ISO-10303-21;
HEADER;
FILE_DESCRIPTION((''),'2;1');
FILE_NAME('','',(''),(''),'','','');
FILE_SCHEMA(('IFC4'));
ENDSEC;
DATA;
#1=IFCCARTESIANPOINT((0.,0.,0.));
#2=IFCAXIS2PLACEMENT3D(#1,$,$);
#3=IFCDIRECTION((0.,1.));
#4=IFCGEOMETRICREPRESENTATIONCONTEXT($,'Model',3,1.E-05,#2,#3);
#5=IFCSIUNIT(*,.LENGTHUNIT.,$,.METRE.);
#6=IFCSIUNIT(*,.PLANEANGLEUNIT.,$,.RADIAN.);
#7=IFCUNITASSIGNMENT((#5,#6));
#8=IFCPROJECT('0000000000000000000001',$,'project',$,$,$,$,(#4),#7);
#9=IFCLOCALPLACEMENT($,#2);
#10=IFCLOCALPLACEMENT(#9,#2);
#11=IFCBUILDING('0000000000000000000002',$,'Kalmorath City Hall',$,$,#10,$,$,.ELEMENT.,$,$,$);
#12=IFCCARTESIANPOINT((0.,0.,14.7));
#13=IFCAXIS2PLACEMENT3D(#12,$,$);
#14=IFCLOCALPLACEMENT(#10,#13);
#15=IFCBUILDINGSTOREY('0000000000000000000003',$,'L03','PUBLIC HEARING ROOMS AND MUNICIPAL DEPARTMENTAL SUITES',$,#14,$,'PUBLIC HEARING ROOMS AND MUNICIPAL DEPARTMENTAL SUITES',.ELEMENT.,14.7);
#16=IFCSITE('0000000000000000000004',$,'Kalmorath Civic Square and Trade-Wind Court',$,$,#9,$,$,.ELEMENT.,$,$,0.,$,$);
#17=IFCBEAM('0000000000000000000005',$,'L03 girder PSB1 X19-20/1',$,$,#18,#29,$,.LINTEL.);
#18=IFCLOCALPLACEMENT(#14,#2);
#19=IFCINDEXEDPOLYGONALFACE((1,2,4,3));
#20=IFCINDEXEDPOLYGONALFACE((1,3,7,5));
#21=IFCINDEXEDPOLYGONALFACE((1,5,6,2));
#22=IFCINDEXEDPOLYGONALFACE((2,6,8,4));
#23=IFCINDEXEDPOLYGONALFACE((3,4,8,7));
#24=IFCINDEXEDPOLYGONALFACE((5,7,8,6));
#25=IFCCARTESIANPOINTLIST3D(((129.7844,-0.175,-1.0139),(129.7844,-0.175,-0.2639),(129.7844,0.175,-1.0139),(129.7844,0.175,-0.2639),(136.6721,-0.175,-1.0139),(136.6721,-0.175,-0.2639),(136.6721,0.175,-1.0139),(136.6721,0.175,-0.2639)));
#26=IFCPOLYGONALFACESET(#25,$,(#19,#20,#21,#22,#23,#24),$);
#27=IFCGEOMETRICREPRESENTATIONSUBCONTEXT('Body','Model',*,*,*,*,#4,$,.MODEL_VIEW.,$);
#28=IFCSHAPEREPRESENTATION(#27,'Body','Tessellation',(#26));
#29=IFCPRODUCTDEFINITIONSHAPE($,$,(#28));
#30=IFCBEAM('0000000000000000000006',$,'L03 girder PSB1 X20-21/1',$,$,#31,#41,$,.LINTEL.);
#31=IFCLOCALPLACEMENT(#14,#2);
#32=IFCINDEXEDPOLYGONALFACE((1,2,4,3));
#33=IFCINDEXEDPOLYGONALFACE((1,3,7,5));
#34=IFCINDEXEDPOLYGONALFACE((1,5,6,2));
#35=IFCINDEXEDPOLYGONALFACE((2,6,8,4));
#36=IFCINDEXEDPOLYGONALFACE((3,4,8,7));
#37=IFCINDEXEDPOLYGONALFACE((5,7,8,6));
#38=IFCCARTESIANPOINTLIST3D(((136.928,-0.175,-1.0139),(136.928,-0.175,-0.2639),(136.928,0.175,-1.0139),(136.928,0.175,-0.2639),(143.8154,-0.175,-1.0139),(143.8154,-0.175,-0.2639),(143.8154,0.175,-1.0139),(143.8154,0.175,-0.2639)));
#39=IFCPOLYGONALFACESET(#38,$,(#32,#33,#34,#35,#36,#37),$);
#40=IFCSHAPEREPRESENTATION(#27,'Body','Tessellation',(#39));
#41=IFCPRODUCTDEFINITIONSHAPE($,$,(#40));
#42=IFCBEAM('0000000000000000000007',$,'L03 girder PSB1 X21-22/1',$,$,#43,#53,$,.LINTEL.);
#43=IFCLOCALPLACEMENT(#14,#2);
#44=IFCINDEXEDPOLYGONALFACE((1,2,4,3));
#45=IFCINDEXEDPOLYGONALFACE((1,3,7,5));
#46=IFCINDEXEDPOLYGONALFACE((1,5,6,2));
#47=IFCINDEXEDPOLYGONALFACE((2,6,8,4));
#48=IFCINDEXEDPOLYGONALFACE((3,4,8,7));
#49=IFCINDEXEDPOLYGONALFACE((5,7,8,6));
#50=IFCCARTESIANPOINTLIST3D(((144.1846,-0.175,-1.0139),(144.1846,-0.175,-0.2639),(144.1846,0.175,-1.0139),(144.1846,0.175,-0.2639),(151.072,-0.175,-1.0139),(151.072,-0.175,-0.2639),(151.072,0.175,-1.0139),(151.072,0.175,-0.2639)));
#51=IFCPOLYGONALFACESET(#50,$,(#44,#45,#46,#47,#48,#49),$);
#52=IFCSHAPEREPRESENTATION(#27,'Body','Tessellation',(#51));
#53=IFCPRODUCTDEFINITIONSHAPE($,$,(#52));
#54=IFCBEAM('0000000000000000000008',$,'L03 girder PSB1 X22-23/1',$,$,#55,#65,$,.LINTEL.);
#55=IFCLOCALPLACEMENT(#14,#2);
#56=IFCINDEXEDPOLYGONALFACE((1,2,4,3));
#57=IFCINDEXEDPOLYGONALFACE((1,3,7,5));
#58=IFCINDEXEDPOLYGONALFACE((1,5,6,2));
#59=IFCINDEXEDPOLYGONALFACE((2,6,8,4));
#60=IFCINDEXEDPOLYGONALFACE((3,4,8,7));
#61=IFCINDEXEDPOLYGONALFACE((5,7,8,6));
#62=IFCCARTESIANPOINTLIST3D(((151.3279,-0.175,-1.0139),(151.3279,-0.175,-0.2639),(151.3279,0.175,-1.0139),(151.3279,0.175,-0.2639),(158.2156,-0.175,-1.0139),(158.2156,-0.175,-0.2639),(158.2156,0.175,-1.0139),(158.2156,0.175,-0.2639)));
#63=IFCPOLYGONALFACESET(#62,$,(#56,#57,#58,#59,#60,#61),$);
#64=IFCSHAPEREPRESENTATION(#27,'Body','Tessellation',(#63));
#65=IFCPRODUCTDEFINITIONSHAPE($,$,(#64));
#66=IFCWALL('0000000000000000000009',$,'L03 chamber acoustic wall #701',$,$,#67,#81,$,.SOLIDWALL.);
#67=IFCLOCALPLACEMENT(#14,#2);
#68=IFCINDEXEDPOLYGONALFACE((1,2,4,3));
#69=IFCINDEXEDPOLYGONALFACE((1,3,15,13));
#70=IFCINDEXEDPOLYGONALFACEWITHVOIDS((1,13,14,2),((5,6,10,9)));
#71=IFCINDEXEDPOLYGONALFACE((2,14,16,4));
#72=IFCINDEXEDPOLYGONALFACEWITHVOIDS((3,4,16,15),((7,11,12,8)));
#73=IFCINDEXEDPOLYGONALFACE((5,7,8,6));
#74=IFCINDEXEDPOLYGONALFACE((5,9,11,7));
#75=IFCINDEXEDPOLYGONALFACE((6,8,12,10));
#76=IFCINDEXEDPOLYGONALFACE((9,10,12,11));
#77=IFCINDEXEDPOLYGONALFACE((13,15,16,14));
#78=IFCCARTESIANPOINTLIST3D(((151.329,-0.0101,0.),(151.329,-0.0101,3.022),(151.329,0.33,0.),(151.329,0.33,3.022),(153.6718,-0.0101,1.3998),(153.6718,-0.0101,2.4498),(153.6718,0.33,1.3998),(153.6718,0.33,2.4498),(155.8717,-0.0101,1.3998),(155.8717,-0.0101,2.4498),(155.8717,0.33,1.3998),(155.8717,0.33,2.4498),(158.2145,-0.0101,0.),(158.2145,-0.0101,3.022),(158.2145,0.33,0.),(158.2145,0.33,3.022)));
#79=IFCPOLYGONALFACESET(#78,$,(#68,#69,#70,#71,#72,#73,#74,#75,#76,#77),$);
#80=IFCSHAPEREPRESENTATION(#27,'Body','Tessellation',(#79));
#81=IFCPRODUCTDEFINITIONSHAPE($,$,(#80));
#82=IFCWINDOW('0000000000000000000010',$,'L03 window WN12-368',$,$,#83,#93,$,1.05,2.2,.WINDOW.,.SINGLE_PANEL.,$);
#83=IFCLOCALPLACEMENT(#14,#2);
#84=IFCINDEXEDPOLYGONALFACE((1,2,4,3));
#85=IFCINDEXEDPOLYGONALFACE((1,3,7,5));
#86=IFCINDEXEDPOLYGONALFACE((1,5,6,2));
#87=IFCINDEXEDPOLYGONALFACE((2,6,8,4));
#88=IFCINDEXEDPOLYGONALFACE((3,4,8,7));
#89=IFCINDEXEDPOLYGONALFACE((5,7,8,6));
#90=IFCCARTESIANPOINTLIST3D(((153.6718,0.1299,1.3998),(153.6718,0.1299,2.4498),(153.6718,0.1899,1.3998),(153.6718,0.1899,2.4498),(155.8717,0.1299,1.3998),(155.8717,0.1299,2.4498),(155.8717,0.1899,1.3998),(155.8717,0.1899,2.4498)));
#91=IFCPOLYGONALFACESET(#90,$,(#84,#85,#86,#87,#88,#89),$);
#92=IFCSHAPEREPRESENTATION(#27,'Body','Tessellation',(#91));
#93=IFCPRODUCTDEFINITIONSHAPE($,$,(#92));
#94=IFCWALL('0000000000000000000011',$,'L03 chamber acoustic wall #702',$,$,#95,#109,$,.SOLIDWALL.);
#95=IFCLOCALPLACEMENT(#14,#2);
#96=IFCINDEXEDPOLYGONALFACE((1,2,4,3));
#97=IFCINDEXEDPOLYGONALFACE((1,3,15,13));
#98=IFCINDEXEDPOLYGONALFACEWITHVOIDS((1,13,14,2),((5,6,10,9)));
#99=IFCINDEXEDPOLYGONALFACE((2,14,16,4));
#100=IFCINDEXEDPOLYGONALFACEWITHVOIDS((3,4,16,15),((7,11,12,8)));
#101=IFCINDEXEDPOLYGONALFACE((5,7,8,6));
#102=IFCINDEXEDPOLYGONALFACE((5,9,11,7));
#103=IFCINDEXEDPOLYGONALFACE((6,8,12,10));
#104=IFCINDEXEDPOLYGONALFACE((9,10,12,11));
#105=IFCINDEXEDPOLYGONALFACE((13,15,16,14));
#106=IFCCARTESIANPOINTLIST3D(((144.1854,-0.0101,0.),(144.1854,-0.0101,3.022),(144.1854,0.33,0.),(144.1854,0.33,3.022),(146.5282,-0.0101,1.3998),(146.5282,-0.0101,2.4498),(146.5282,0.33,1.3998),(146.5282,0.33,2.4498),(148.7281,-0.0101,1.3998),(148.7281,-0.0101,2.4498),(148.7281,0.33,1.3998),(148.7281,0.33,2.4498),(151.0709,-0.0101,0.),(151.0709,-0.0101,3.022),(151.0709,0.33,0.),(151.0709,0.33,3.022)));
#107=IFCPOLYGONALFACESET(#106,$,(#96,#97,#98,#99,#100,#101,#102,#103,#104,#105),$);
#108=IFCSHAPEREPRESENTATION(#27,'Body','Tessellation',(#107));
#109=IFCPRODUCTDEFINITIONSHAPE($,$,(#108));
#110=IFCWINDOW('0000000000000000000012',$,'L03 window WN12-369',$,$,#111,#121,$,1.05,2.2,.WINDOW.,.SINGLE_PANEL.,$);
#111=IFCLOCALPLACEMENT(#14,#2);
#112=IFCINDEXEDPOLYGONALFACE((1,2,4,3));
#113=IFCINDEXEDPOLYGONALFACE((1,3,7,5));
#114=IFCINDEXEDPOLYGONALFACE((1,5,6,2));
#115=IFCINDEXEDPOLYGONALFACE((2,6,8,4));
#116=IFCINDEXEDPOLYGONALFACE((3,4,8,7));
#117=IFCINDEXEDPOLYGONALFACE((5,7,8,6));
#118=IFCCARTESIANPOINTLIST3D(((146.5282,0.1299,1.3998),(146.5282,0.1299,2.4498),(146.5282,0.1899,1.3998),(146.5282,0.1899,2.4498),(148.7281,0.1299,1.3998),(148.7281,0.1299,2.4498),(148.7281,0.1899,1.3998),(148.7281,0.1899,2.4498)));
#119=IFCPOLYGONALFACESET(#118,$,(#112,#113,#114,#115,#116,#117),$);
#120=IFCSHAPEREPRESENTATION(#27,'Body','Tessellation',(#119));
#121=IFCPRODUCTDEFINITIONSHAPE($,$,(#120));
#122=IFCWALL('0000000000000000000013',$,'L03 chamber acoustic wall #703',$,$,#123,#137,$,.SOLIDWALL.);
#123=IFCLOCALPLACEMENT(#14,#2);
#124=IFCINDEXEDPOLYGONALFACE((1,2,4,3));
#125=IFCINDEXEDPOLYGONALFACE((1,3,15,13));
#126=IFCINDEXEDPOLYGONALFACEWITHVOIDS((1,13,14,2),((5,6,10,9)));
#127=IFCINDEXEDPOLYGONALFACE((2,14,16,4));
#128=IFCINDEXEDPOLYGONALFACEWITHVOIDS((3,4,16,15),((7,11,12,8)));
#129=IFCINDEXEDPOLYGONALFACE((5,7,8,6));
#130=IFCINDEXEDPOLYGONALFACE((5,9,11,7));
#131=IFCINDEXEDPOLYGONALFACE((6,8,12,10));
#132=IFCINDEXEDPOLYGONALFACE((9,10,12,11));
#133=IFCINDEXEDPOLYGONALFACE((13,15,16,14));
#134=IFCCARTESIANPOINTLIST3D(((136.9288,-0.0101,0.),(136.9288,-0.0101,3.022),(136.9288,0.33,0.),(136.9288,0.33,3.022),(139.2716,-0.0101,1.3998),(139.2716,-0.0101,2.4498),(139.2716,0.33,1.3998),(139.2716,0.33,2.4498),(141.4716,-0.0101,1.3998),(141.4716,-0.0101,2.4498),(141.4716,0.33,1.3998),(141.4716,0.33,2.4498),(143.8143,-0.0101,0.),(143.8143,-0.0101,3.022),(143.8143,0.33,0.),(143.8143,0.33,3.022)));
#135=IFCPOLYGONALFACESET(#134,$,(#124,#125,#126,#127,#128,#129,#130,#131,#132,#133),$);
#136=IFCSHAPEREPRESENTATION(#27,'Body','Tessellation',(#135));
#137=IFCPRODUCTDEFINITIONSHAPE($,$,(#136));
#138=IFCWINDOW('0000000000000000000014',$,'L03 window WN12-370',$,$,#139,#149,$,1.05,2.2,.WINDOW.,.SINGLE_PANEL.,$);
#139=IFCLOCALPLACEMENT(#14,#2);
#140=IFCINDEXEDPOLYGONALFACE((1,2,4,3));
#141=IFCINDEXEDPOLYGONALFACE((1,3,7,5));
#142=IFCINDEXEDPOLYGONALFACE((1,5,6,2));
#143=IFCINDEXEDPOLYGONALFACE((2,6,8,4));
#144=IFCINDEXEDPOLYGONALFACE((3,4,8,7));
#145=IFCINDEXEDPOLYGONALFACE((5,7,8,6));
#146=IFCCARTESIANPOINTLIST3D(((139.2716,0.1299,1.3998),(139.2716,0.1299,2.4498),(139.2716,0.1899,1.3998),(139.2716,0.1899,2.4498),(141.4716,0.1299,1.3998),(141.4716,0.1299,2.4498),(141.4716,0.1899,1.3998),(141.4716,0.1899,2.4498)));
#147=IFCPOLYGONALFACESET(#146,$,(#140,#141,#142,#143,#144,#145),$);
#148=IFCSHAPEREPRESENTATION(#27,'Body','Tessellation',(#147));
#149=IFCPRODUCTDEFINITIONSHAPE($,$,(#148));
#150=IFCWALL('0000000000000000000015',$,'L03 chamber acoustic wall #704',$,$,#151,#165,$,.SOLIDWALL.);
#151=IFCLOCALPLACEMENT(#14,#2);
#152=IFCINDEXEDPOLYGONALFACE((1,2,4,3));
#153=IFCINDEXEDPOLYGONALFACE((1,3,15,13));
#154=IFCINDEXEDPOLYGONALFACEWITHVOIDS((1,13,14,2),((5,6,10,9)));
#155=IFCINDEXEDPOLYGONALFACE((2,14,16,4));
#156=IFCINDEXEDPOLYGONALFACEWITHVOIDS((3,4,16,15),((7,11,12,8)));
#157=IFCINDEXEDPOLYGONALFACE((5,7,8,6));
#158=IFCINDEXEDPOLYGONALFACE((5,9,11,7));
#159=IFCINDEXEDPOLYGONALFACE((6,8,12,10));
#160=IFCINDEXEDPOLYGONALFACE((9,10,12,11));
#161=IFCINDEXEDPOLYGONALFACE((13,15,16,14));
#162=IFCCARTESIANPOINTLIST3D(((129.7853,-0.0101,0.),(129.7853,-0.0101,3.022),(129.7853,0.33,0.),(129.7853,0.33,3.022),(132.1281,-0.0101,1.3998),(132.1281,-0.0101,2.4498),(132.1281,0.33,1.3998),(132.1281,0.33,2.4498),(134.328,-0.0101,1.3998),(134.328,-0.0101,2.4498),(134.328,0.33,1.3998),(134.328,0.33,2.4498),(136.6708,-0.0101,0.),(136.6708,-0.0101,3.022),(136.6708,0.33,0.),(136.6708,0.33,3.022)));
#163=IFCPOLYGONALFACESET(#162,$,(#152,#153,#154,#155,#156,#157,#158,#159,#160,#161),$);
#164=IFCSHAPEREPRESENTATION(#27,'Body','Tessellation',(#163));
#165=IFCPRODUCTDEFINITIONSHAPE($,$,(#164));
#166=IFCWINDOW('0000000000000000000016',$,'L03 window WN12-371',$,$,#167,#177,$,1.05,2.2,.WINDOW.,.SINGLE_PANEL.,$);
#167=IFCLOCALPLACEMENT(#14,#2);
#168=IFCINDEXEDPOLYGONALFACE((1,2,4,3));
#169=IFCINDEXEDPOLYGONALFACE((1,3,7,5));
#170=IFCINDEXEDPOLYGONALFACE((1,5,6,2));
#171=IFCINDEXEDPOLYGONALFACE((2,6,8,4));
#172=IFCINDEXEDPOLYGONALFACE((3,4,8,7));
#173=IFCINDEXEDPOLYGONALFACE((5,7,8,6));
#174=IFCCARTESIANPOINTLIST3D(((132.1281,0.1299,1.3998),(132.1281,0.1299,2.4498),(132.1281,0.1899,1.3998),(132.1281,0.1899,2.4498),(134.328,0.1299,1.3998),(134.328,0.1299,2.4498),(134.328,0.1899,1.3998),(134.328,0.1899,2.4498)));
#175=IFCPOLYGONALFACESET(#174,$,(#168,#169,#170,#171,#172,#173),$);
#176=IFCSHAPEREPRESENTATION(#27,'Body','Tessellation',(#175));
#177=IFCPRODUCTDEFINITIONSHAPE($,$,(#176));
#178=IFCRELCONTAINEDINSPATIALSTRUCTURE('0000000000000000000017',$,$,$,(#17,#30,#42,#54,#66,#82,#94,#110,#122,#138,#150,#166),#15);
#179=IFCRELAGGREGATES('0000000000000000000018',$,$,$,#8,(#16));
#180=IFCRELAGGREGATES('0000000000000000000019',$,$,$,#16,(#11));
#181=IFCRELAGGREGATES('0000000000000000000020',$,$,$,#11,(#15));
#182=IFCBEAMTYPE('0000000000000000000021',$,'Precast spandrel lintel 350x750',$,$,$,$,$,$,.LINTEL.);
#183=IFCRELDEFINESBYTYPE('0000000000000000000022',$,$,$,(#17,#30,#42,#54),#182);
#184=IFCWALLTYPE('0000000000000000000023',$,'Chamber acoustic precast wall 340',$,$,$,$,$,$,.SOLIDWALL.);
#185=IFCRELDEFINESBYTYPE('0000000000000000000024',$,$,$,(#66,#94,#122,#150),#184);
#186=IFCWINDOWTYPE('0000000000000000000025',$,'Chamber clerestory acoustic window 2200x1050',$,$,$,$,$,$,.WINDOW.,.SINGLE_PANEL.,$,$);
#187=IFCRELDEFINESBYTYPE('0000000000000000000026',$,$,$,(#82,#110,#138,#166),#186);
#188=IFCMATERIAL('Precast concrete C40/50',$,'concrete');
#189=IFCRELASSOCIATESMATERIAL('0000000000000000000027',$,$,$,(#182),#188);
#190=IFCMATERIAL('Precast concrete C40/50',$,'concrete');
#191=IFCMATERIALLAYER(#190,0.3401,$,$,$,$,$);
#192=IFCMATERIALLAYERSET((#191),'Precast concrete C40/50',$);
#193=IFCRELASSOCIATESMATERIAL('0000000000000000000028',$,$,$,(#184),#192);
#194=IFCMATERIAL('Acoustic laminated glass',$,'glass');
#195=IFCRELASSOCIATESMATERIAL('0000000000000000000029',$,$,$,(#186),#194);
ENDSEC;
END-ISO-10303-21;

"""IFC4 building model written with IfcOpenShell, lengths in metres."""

from ifc_helpers import new_model, si_unit, direction, frame, frame_2d, origin, origin_2d, place, context, subcontext, project, spatial, rectangle, extrude, material, layer, layer_set, material_profile, profile_set, type_object, element, fill, save


model = new_model("IFC4")

# Units and contexts
model_context = context("Model", 3, precision=1e-05, world=origin(), true_north=direction((0.0, 1.0)))
body_context = subcontext(model_context, "Body", "Model", "MODEL_VIEW")
ifc_project = project(units=[si_unit("LENGTHUNIT", "METRE"), si_unit("PLANEANGLEUNIT", "RADIAN")], contexts=[model_context])

# Site, building, storey
site_placement = place(None, origin())
site = spatial("IfcSite", under=ifc_project, at=site_placement, Name="Kalmorath Civic Square and Trade-Wind Court", CompositionType="ELEMENT", RefElevation=0.0)
building_placement = place(site_placement, origin())
building = spatial("IfcBuilding", under=site, at=building_placement, Name="Kalmorath City Hall", CompositionType="ELEMENT")
storey_placement = place(building_placement, frame((0.0, 0.0, 14.7)))
storey = spatial("IfcBuildingStorey", under=building, at=storey_placement, Name="L03", Description="PUBLIC HEARING ROOMS AND MUNICIPAL DEPARTMENTAL SUITES", LongName="PUBLIC HEARING ROOMS AND MUNICIPAL DEPARTMENTAL SUITES", CompositionType="ELEMENT", Elevation=14.7)

# Beams
ifc_material_1 = material(Name="Precast concrete C40/50", Category="concrete")
ifc_material_profile_1 = material_profile(ifc_material_1, rectangle(XDim=0.3501, YDim=0.75, at=origin_2d()), Name="PC-SP-350X750")
ifc_profile_set_1 = profile_set([ifc_material_profile_1], Name="Precast concrete C40/50")
beam_type = type_object("IfcBeamType", Name="Precast spandrel lintel 350x750", PredefinedType="LINTEL", material=ifc_profile_set_1)
beam_1_placement = place(storey_placement, frame((129.7844, 0.0, -0.6389), z_axis=(1.0, 0.0, 0.0), x_axis=(0.0, 1.0, 0.0)))
element("IfcBeam", 1, at=beam_1_placement, inside=storey, type_object=beam_type, Name="L03 girder PSB1 X19-20/1", PredefinedType="LINTEL", context=body_context, shape_type="SweptSolid", body=[
    extrude(rectangle(XDim=0.3501, YDim=0.75, at=origin_2d()), origin(), (0.0, 0.0, 1.0), 6.8877),
])
for number, where, z_axis, x_axis, name in (
    (2, (136.928, 0.0, -0.6389), (1.0, 0.0, 0.0), (0.0, 1.0, 0.0), "L03 girder PSB1 X20-21/1"),
    (3, (144.1846, 0.0, -0.6389), (1.0, 0.0, 0.0), (0.0, 1.0, 0.0), "L03 girder PSB1 X21-22/1"),
):
    element("IfcBeam", number, at=place(storey_placement, frame(where, z_axis=z_axis, x_axis=x_axis)), inside=storey, type_object=beam_type, Name=name, PredefinedType="LINTEL", context=body_context, shape_type="SweptSolid", body=[
        extrude(rectangle(XDim=0.3501, YDim=0.75, at=origin_2d()), origin(), (0.0, 0.0, 1.0), 6.8875),
    ])
beam_2_placement = place(storey_placement, frame((151.3279, 0.0, -0.6389), z_axis=(1.0, 0.0, 0.0), x_axis=(0.0, 1.0, 0.0)))
element("IfcBeam", 4, at=beam_2_placement, inside=storey, type_object=beam_type, Name="L03 girder PSB1 X22-23/1", PredefinedType="LINTEL", context=body_context, shape_type="SweptSolid", body=[
    extrude(rectangle(XDim=0.3501, YDim=0.75, at=origin_2d()), origin(), (0.0, 0.0, 1.0), 6.8877),
])

# Walls, openings, windows
ifc_material_2 = material(Name="Precast concrete C40/50", Category="concrete")
ifc_layer_1 = layer(ifc_material_2, 0.3401)
ifc_layer_set_1 = layer_set([ifc_layer_1], Name="Precast concrete C40/50")
wall_type_1 = type_object("IfcWallType", Name="Chamber acoustic precast wall 340", PredefinedType="SOLIDWALL", material=ifc_layer_set_1)
wall_1_placement = place(storey_placement, frame((158.2146, 0.1599, 0.0), z_axis=(0.0, 0.0, 1.0), x_axis=(-1.0, 0.0, 0.0)))
wall_1 = element("IfcWall", 5, at=wall_1_placement, inside=storey, type_object=wall_type_1, Name="L03 chamber acoustic wall #701", PredefinedType="SOLIDWALL", context=body_context, shape_type="SweptSolid", body=[
    extrude(rectangle(XDim=6.8855, YDim=0.3401, at=frame_2d((3.4429, 0.0))), origin(), (0.0, 0.0, 1.0), 3.022),
])
opening_1_placement = place(wall_1_placement, frame((2.3428, 0.0, 1.3999)))
opening_1 = element("IfcOpeningElement", 6, at=opening_1_placement, cuts=wall_1, PredefinedType="OPENING", context=body_context, shape_type="SweptSolid", body=[
    extrude(rectangle(XDim=2.2, YDim=1.05, at=frame_2d((1.1001, 0.5249))), frame((0.0, 0.1799, 0.0), z_axis=(0.0, -1.0, 0.0), x_axis=(1.0, 0.0, 0.0)), (0.0, 0.0, 1.0), 0.3601),
])
ifc_material_3 = material(Name="Acoustic laminated glass", Category="glass")
window_type = type_object("IfcWindowType", Name="Chamber clerestory acoustic window 2200x1050", PartitioningType="SINGLE_PANEL", PredefinedType="WINDOW", material=ifc_material_3)
window_1_placement = place(opening_1_placement, origin())
window_1 = element("IfcWindow", 7, at=window_1_placement, inside=storey, type_object=window_type, Name="L03 window WN12-368", OverallHeight=1.05, OverallWidth=2.2, PartitioningType="SINGLE_PANEL", PredefinedType="WINDOW", context=body_context, shape_type="SweptSolid", body=[
    extrude(rectangle(XDim=2.2, YDim=1.05, at=frame_2d((1.1001, 0.5249))), frame((0.0, 0.03, 0.0), z_axis=(0.0, -1.0, 0.0), x_axis=(1.0, 0.0, 0.0)), (0.0, 0.0, 1.0), 0.0601),
])
fill(opening_1, window_1)
wall_2_placement = place(storey_placement, frame((151.071, 0.1599, 0.0), z_axis=(0.0, 0.0, 1.0), x_axis=(-1.0, 0.0, 0.0)))
wall_2 = element("IfcWall", 8, at=wall_2_placement, inside=storey, type_object=wall_type_1, Name="L03 chamber acoustic wall #702", PredefinedType="SOLIDWALL", context=body_context, shape_type="SweptSolid", body=[
    extrude(rectangle(XDim=6.8855, YDim=0.3401, at=frame_2d((3.4429, 0.0))), origin(), (0.0, 0.0, 1.0), 3.022),
])
opening_2_placement = place(wall_2_placement, frame((2.3428, 0.0, 1.3999)))
opening_2 = element("IfcOpeningElement", 9, at=opening_2_placement, cuts=wall_2, PredefinedType="OPENING", context=body_context, shape_type="SweptSolid", body=[
    extrude(rectangle(XDim=2.2, YDim=1.05, at=frame_2d((1.1001, 0.5249))), frame((0.0, 0.1799, 0.0), z_axis=(0.0, -1.0, 0.0), x_axis=(1.0, 0.0, 0.0)), (0.0, 0.0, 1.0), 0.3601),
])
window_2_placement = place(opening_2_placement, origin())
window_2 = element("IfcWindow", 10, at=window_2_placement, inside=storey, type_object=window_type, Name="L03 window WN12-369", OverallHeight=1.05, OverallWidth=2.2, PartitioningType="SINGLE_PANEL", PredefinedType="WINDOW", context=body_context, shape_type="SweptSolid", body=[
    extrude(rectangle(XDim=2.2, YDim=1.05, at=frame_2d((1.1001, 0.5249))), frame((0.0, 0.03, 0.0), z_axis=(0.0, -1.0, 0.0), x_axis=(1.0, 0.0, 0.0)), (0.0, 0.0, 1.0), 0.0601),
])
fill(opening_2, window_2)
wall_3_placement = place(storey_placement, frame((143.8145, 0.1599, 0.0), z_axis=(0.0, 0.0, 1.0), x_axis=(-1.0, 0.0, 0.0)))
wall_3 = element("IfcWall", 11, at=wall_3_placement, inside=storey, type_object=wall_type_1, Name="L03 chamber acoustic wall #703", PredefinedType="SOLIDWALL", context=body_context, shape_type="SweptSolid", body=[
    extrude(rectangle(XDim=6.8855, YDim=0.3401, at=frame_2d((3.4429, 0.0))), origin(), (0.0, 0.0, 1.0), 3.022),
])
opening_3_placement = place(wall_3_placement, frame((2.3428, 0.0, 1.3999)))
opening_3 = element("IfcOpeningElement", 12, at=opening_3_placement, cuts=wall_3, PredefinedType="OPENING", context=body_context, shape_type="SweptSolid", body=[
    extrude(rectangle(XDim=2.2, YDim=1.05, at=frame_2d((1.1001, 0.5249))), frame((0.0, 0.1799, 0.0), z_axis=(0.0, -1.0, 0.0), x_axis=(1.0, 0.0, 0.0)), (0.0, 0.0, 1.0), 0.3601),
])
window_3_placement = place(opening_3_placement, origin())
window_3 = element("IfcWindow", 13, at=window_3_placement, inside=storey, type_object=window_type, Name="L03 window WN12-370", OverallHeight=1.05, OverallWidth=2.2, PartitioningType="SINGLE_PANEL", PredefinedType="WINDOW", context=body_context, shape_type="SweptSolid", body=[
    extrude(rectangle(XDim=2.2, YDim=1.05, at=frame_2d((1.1001, 0.5249))), frame((0.0, 0.03, 0.0), z_axis=(0.0, -1.0, 0.0), x_axis=(1.0, 0.0, 0.0)), (0.0, 0.0, 1.0), 0.0601),
])
fill(opening_3, window_3)
wall_4_placement = place(storey_placement, frame((136.6709, 0.1599, 0.0), z_axis=(0.0, 0.0, 1.0), x_axis=(-1.0, 0.0, 0.0)))
wall_4 = element("IfcWall", 14, at=wall_4_placement, inside=storey, type_object=wall_type_1, Name="L03 chamber acoustic wall #704", PredefinedType="SOLIDWALL", context=body_context, shape_type="SweptSolid", body=[
    extrude(rectangle(XDim=6.8855, YDim=0.3401, at=frame_2d((3.4429, 0.0))), origin(), (0.0, 0.0, 1.0), 3.022),
])
opening_4_placement = place(wall_4_placement, frame((2.3428, 0.0, 1.3999)))
opening_4 = element("IfcOpeningElement", 15, at=opening_4_placement, cuts=wall_4, PredefinedType="OPENING", context=body_context, shape_type="SweptSolid", body=[
    extrude(rectangle(XDim=2.2, YDim=1.05, at=frame_2d((1.1001, 0.5249))), frame((0.0, 0.1799, 0.0), z_axis=(0.0, -1.0, 0.0), x_axis=(1.0, 0.0, 0.0)), (0.0, 0.0, 1.0), 0.3601),
])
window_4_placement = place(opening_4_placement, origin())
window_4 = element("IfcWindow", 16, at=window_4_placement, inside=storey, type_object=window_type, Name="L03 window WN12-371", OverallHeight=1.05, OverallWidth=2.2, PartitioningType="SINGLE_PANEL", PredefinedType="WINDOW", context=body_context, shape_type="SweptSolid", body=[
    extrude(rectangle(XDim=2.2, YDim=1.05, at=frame_2d((1.1001, 0.5249))), frame((0.0, 0.03, 0.0), z_axis=(0.0, -1.0, 0.0), x_axis=(1.0, 0.0, 0.0)), (0.0, 0.0, 1.0), 0.0601),
])
fill(opening_4, window_4)

save(model, "model.ifc")
